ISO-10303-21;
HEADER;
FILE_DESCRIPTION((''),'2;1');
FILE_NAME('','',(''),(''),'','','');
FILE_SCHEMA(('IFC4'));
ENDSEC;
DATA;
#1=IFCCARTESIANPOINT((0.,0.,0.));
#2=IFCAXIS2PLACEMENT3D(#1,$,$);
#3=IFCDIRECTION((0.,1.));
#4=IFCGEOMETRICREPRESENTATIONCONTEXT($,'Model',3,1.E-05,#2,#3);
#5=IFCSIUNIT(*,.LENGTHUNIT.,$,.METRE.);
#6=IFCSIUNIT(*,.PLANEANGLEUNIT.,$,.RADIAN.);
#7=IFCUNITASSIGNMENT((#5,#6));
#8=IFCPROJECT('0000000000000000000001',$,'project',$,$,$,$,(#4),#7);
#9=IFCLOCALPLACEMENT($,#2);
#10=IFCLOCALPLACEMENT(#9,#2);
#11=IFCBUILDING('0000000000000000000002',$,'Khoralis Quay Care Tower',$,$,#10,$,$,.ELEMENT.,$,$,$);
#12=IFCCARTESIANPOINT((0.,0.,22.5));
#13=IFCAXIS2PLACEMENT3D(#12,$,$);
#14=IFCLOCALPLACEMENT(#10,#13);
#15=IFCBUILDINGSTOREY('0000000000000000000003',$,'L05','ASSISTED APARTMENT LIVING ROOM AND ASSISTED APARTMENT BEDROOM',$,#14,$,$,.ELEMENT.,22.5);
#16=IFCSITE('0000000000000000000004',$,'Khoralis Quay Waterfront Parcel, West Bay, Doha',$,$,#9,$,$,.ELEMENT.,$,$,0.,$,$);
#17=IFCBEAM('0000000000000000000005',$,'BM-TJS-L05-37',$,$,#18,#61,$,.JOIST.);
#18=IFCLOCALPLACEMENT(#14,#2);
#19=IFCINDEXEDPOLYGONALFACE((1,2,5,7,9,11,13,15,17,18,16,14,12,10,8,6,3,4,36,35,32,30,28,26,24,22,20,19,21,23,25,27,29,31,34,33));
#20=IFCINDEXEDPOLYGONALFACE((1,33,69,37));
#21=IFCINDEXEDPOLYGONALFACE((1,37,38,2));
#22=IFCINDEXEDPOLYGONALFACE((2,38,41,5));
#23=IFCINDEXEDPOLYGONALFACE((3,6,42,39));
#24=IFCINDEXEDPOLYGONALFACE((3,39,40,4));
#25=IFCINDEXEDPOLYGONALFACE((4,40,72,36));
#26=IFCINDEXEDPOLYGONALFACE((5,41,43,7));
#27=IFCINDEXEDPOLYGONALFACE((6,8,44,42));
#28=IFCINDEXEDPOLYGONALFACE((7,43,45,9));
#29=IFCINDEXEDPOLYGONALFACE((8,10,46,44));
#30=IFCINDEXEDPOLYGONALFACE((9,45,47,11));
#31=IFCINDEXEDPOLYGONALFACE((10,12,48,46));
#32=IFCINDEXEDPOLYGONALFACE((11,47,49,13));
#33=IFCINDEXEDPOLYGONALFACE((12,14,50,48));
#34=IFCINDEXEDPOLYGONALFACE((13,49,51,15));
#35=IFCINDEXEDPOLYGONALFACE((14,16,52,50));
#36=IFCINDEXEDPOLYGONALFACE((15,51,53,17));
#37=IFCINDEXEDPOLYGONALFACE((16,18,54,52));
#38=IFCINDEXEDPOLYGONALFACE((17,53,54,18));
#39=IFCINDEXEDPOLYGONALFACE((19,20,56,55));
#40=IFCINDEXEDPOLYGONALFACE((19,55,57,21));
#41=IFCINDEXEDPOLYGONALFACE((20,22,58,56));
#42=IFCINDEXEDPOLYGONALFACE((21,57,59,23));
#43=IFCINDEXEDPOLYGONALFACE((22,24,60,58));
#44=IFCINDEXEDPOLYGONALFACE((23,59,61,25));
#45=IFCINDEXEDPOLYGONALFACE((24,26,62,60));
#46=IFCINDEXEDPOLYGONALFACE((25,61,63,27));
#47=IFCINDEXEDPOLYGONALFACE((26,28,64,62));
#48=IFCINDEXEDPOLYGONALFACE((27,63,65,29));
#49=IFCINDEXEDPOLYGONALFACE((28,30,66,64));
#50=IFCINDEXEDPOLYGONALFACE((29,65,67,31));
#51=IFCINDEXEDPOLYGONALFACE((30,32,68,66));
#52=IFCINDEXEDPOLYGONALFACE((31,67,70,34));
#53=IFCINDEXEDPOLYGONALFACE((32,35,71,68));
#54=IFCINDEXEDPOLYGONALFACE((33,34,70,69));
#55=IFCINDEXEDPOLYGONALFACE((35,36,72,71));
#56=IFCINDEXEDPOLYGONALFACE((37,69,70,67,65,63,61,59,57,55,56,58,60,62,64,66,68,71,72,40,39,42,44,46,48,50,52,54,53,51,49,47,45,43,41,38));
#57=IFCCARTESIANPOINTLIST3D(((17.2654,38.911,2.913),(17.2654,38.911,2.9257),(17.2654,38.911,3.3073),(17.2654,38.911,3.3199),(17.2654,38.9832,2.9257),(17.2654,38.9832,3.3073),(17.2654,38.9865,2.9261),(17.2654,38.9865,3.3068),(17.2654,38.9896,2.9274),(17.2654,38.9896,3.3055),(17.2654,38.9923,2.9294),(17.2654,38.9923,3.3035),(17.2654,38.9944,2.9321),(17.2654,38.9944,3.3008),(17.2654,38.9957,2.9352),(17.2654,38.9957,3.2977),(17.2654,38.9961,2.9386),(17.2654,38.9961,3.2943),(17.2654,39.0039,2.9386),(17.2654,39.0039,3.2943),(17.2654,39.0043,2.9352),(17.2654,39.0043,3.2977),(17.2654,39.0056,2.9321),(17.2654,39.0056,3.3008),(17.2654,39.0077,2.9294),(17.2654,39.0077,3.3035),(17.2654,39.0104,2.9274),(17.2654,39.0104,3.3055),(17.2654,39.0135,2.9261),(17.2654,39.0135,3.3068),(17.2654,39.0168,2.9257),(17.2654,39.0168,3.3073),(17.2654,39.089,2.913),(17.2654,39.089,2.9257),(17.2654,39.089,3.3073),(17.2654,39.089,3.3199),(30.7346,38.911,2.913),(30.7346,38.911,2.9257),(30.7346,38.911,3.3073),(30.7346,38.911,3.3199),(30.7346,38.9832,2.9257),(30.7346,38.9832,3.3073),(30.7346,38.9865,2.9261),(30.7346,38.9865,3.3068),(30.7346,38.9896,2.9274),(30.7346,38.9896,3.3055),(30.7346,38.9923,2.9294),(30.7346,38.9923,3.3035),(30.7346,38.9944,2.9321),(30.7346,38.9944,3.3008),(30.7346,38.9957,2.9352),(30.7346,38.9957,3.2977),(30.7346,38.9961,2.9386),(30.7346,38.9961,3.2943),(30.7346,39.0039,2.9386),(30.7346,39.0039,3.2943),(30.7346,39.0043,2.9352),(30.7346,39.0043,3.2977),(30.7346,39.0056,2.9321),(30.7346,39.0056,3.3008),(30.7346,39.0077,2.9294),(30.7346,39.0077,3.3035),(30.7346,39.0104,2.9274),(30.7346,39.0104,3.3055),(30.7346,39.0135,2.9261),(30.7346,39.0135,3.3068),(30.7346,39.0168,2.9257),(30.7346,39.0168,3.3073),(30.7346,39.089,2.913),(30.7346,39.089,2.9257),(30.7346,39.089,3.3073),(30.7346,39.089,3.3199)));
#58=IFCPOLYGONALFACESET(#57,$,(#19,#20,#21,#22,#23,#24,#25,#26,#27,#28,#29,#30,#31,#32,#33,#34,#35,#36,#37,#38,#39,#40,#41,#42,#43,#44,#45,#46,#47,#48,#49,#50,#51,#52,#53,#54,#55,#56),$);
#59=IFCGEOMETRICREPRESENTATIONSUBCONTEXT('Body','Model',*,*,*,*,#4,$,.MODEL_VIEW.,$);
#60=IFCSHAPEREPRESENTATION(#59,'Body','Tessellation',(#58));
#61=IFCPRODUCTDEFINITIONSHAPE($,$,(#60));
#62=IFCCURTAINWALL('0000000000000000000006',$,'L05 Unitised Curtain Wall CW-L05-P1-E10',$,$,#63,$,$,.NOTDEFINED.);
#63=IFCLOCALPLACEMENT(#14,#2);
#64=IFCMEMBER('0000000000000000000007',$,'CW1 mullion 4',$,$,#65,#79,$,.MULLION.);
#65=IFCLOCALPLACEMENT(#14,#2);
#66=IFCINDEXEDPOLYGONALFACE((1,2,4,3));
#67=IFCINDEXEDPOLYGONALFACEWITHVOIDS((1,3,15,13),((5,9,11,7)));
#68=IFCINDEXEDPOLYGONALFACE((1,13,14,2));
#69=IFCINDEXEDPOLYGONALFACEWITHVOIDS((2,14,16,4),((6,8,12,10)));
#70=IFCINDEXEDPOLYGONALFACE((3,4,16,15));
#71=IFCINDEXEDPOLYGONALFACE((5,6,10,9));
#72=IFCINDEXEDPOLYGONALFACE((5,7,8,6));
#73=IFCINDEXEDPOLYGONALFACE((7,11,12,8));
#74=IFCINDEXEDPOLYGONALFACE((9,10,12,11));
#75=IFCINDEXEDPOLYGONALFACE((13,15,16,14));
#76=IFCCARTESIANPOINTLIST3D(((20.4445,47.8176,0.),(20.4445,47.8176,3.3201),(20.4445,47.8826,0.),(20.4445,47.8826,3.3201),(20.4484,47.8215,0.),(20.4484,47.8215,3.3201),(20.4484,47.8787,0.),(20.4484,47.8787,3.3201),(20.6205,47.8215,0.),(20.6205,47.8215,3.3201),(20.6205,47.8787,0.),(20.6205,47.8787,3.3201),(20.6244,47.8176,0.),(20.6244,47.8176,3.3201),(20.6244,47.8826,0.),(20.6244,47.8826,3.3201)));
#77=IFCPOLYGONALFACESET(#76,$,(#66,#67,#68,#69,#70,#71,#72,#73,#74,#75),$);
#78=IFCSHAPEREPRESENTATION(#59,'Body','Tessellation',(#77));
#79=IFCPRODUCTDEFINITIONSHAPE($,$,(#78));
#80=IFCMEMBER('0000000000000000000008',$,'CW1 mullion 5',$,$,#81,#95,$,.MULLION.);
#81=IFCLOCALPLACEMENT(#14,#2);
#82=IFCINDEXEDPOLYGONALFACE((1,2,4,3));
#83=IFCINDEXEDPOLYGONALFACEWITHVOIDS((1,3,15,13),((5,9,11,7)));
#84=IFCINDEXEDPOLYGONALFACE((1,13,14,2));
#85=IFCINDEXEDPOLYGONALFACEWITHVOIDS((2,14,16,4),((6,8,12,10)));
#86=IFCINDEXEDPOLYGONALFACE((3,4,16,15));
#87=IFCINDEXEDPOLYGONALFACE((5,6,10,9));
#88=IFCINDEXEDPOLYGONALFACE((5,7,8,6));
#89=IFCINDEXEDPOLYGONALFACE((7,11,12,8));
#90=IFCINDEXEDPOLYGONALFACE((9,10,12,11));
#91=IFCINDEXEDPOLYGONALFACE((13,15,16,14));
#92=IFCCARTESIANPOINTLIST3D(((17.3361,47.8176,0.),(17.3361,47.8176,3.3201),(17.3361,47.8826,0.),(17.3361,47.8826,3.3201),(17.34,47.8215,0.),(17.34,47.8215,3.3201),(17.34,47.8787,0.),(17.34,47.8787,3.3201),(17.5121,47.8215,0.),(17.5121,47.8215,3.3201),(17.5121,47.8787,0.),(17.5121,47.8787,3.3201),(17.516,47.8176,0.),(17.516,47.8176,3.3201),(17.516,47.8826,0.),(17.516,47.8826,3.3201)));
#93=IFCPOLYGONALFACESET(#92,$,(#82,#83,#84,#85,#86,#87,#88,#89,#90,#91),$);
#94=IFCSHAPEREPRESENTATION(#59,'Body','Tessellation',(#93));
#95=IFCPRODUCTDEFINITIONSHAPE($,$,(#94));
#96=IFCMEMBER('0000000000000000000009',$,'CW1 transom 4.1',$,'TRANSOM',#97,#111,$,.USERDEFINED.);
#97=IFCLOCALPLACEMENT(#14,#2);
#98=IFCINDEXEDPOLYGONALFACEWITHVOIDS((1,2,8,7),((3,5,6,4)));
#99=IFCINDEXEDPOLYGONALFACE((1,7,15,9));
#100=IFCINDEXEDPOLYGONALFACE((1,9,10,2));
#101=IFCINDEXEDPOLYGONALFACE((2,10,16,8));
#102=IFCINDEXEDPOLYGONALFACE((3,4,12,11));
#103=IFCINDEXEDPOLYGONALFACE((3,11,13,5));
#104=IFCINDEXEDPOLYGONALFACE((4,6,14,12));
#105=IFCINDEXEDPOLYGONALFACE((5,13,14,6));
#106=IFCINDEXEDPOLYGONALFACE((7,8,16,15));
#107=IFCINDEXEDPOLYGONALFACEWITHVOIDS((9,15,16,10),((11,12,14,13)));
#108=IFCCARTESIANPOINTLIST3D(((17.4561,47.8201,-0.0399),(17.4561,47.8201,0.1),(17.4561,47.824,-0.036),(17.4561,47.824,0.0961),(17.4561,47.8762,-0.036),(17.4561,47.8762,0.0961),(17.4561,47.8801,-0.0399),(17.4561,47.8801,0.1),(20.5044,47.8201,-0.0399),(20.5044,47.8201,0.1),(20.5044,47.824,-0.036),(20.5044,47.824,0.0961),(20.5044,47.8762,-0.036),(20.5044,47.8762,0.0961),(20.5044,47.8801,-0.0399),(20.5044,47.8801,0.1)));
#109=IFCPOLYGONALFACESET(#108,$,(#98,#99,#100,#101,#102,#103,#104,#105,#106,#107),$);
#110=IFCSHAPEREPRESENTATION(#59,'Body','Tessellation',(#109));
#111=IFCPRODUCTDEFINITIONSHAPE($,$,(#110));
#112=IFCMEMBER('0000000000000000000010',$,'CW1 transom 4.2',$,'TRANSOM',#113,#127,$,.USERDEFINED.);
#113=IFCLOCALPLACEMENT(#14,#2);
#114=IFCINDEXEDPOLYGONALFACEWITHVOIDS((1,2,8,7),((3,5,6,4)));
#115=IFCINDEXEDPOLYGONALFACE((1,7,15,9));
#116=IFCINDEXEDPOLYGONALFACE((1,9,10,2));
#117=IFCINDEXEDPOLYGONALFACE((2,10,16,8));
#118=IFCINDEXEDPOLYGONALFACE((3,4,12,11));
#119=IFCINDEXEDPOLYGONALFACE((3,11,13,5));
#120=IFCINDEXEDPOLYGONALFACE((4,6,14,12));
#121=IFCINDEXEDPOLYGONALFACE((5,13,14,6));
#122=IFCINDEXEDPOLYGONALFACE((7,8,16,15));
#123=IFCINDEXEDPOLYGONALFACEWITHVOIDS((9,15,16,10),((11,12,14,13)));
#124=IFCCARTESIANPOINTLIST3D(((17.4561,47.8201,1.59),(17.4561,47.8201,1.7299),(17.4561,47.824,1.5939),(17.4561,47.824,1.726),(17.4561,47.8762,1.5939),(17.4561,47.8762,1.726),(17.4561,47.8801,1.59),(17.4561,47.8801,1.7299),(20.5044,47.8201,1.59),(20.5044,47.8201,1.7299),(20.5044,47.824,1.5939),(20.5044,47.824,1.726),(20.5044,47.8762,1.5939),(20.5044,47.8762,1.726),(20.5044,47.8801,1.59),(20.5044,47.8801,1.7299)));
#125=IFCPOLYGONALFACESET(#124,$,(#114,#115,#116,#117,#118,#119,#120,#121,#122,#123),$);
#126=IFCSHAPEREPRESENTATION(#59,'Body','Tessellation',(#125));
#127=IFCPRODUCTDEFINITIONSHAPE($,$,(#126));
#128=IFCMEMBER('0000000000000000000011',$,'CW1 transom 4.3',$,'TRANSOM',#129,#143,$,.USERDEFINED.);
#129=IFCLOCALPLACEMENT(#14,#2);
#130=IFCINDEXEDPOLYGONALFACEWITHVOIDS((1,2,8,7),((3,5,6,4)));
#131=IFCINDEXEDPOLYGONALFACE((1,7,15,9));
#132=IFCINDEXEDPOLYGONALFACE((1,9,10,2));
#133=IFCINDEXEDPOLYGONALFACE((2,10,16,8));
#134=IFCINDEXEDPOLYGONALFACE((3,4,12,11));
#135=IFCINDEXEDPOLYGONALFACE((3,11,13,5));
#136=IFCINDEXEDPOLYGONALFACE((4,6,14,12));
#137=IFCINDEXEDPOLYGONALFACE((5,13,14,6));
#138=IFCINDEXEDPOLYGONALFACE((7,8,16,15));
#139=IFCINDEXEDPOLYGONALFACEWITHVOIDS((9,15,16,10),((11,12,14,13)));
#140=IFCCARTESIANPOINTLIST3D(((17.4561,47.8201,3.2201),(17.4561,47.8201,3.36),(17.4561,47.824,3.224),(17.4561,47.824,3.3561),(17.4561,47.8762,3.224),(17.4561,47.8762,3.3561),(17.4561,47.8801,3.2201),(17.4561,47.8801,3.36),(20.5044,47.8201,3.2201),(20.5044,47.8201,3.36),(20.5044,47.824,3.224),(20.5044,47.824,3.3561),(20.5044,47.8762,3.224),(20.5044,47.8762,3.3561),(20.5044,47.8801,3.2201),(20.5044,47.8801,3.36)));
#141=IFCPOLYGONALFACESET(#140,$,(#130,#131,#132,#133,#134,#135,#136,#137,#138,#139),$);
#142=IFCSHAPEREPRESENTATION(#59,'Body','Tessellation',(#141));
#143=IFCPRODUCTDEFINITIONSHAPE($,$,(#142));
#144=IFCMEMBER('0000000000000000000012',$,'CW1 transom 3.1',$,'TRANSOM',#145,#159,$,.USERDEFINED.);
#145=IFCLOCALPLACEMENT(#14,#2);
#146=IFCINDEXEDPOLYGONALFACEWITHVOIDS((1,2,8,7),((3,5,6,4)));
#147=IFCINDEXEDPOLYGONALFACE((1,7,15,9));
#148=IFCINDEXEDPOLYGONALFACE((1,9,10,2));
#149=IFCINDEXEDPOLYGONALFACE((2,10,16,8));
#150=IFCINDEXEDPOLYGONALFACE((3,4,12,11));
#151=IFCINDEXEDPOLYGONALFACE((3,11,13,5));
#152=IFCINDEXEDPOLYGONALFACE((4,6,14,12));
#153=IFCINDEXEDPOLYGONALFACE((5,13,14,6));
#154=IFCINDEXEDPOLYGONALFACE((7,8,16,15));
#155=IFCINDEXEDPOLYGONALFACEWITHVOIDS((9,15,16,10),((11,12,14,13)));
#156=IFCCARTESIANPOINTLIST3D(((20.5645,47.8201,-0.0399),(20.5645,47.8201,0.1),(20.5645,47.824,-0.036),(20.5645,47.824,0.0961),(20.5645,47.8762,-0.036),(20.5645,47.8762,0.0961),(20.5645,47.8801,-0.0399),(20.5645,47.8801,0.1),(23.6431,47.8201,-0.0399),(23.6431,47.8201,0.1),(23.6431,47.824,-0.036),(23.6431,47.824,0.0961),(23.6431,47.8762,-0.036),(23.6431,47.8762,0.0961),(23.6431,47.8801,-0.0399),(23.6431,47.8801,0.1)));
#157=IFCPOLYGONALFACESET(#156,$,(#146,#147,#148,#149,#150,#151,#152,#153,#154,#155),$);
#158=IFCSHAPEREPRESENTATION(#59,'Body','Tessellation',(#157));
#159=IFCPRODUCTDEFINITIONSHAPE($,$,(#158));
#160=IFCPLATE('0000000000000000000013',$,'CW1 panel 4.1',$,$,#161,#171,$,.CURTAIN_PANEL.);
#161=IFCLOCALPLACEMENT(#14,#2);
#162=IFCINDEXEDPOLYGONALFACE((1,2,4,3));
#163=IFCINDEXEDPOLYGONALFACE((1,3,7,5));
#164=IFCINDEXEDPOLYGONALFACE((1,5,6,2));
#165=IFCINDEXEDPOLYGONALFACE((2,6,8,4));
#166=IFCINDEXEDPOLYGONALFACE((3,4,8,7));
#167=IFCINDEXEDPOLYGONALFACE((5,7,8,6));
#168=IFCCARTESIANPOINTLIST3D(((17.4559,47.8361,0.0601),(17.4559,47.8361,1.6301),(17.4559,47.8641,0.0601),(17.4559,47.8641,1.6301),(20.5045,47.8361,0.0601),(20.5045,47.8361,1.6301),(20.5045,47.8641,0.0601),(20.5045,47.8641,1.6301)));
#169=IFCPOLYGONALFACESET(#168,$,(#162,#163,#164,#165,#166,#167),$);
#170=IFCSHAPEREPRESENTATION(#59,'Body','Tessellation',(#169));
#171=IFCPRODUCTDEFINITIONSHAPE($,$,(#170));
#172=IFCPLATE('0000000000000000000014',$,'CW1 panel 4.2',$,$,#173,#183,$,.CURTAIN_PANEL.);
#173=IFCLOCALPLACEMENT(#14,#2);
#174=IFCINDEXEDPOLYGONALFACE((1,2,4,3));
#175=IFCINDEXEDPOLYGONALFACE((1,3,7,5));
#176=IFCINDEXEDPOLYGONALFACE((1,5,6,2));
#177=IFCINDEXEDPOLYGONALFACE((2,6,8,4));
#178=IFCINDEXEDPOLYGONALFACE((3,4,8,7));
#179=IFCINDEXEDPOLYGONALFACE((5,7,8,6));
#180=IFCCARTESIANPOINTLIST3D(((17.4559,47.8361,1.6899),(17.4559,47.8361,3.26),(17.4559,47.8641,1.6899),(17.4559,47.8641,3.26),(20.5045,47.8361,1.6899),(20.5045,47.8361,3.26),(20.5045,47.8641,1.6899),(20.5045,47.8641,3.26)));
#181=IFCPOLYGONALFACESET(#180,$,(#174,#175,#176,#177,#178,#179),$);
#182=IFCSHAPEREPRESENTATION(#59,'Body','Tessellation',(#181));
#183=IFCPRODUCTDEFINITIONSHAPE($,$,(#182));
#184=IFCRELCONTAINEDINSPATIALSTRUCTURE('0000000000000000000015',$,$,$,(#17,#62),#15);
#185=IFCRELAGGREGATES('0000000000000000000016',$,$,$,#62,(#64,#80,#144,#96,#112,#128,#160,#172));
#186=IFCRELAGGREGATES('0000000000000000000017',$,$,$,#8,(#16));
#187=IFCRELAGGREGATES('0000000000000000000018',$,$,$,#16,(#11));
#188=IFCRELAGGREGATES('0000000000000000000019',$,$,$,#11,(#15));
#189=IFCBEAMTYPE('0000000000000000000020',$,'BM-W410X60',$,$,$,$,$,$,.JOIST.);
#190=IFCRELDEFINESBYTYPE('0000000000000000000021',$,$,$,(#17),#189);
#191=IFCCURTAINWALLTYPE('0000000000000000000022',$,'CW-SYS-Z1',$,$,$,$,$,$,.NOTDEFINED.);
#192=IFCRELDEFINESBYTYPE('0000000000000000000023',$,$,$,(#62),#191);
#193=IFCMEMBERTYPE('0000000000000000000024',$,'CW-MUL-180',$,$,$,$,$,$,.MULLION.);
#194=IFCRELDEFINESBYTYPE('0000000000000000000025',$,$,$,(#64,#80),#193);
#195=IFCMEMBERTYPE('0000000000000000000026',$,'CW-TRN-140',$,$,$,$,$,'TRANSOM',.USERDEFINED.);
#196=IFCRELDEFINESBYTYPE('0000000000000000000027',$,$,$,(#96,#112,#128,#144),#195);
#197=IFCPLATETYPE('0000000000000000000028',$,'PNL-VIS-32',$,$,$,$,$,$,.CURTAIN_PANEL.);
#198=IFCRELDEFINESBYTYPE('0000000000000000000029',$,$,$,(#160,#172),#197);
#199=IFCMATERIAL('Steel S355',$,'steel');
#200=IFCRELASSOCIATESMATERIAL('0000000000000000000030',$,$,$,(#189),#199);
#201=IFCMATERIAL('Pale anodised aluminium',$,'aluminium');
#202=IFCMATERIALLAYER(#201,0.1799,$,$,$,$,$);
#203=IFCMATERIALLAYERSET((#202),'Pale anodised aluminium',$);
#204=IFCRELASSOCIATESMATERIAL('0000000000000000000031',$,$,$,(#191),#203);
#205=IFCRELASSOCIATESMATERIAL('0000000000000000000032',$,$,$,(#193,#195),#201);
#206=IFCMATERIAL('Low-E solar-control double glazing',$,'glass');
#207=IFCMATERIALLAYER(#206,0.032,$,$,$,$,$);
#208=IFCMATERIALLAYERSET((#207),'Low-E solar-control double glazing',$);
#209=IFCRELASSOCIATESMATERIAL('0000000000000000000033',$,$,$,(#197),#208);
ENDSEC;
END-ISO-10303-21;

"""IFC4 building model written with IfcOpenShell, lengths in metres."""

from ifc_helpers import new_model, si_unit, direction, frame, origin, origin_2d, place, context, subcontext, project, spatial, rectangle, hollow_rectangle, i_section, extrude, source, transform, mapped, material, layer, layer_set, material_profile, profile_set, type_object, element, aggregate, save


model = new_model("IFC4")

# Units and contexts
model_context = context("Model", 3, precision=1e-05, world=origin(), true_north=direction((0.0, 1.0)))
body_context = subcontext(model_context, "Body", "Model", "MODEL_VIEW")
ifc_project = project(units=[si_unit("LENGTHUNIT", "METRE"), si_unit("PLANEANGLEUNIT", "RADIAN")], contexts=[model_context])

# Site, building, storey
site_placement = place(None, origin())
site = spatial("IfcSite", under=ifc_project, at=site_placement, Name="Khoralis Quay Waterfront Parcel, West Bay, Doha", CompositionType="ELEMENT", RefElevation=0.0)
building_placement = place(site_placement, origin())
building = spatial("IfcBuilding", under=site, at=building_placement, Name="Khoralis Quay Care Tower", CompositionType="ELEMENT")
storey_placement = place(building_placement, frame((0.0, 0.0, 22.5)))
storey = spatial("IfcBuildingStorey", under=building, at=storey_placement, Name="L05", Description="ASSISTED APARTMENT LIVING ROOM AND ASSISTED APARTMENT BEDROOM", CompositionType="ELEMENT", Elevation=22.5)

# Beam
ifc_material_1 = material(Name="Steel S355", Category="steel")
ifc_material_profile_1 = material_profile(ifc_material_1, i_section(OverallWidth=0.178, OverallDepth=0.407, WebThickness=0.0078, FlangeThickness=0.0127, FilletRadius=0.0129, at=origin_2d()), Name="Steel S355")
ifc_profile_set_1 = profile_set([ifc_material_profile_1], Name="Steel S355")
beam_type_1 = type_object("IfcBeamType", Name="BM-W410X60", PredefinedType="JOIST", material=ifc_profile_set_1)
shared_shape_1 = source(origin(), body_context, "Body", "SweptSolid", [
    extrude(i_section(OverallWidth=0.178, OverallDepth=0.407, WebThickness=0.0078, FlangeThickness=0.0127, FilletRadius=0.0129, at=origin_2d()), origin(), (0.0, 0.0, 1.0), 13.4692),
])
for number, where, z_axis, x_axis, name in (
    (1, (17.2654, 39.0, 3.1165), (1.0, 0.0, 0.0), (0.0, 1.0, 0.0), "BM-TJS-L05-37"),
):
    element("IfcBeam", number, at=place(storey_placement, frame(where, z_axis=z_axis, x_axis=x_axis)), inside=storey, type_object=beam_type_1, Name=name, PredefinedType="JOIST", context=body_context, shape_type="MappedRepresentation", body=[
        mapped(shared_shape_1, transform((0.0, 0.0, 0.0), scale=1.0)),
    ])

# Curtain wall, members, plates
ifc_material_2 = material(Name="Pale anodised aluminium", Category="aluminium")
ifc_layer_1 = layer(ifc_material_2, 0.1799)
ifc_layer_set_1 = layer_set([ifc_layer_1], Name="Pale anodised aluminium")
curtain_wall_type = type_object("IfcCurtainWallType", Name="CW-SYS-Z1", PredefinedType="NOTDEFINED", material=ifc_layer_set_1)
curtain_wall_placement = place(storey_placement, origin())
curtain_wall = element("IfcCurtainWall", 2, at=curtain_wall_placement, inside=storey, type_object=curtain_wall_type, Name="L05 Unitised Curtain Wall CW-L05-P1-E10", PredefinedType="NOTDEFINED")
ifc_material_profile_2 = material_profile(ifc_material_2, hollow_rectangle(XDim=0.0649, YDim=0.1799, WallThickness=0.0039, at=origin_2d()), Name="Pale anodised aluminium")
ifc_profile_set_2 = profile_set([ifc_material_profile_2], Name="Pale anodised aluminium")
member_type_1 = type_object("IfcMemberType", Name="CW-MUL-180", PredefinedType="MULLION", material=ifc_profile_set_2)
shared_shape_2 = source(origin(), body_context, "Body", "SweptSolid", [
    extrude(hollow_rectangle(XDim=0.0649, YDim=0.1799, WallThickness=0.0039, at=origin_2d()), origin(), (0.0, 0.0, 1.0), 3.3201),
])
member_1_placement = place(storey_placement, frame((20.5344, 47.8501, 0.0), z_axis=(0.0, 0.0, 1.0), x_axis=(0.0, -1.0, 0.0)))
member_1 = element("IfcMember", 3, at=member_1_placement, type_object=member_type_1, Name="CW1 mullion 4", PredefinedType="MULLION", context=body_context, shape_type="MappedRepresentation", body=[
    mapped(shared_shape_2, transform((0.0, 0.0, 0.0), scale=1.0)),
])
member_2_placement = place(storey_placement, frame((17.426, 47.8501, 0.0), z_axis=(0.0, 0.0, 1.0), x_axis=(0.0, -1.0, 0.0)))
member_2 = element("IfcMember", 4, at=member_2_placement, type_object=member_type_1, Name="CW1 mullion 5", PredefinedType="MULLION", context=body_context, shape_type="MappedRepresentation", body=[
    mapped(shared_shape_2, transform((0.0, 0.0, 0.0), scale=1.0)),
])
ifc_material_profile_3 = material_profile(ifc_material_2, hollow_rectangle(XDim=0.0601, YDim=0.1399, WallThickness=0.0039, at=origin_2d()), Name="Pale anodised aluminium")
ifc_profile_set_3 = profile_set([ifc_material_profile_3], Name="Pale anodised aluminium")
member_type_2 = type_object("IfcMemberType", Name="CW-TRN-140", ElementType="TRANSOM", PredefinedType="USERDEFINED", material=ifc_profile_set_3)
shared_shape_3 = source(origin(), body_context, "Body", "SweptSolid", [
    extrude(hollow_rectangle(XDim=0.0601, YDim=0.1399, WallThickness=0.0039, at=origin_2d()), origin(), (0.0, 0.0, 1.0), 3.0483),
])
member_3_placement = place(storey_placement, frame((20.5044, 47.8501, 0.03), z_axis=(-1.0, 0.0, 0.0), x_axis=(0.0, -1.0, 0.0)))
member_3 = element("IfcMember", 5, at=member_3_placement, type_object=member_type_2, Name="CW1 transom 4.1", ObjectType="TRANSOM", PredefinedType="USERDEFINED", context=body_context, shape_type="MappedRepresentation", body=[
    mapped(shared_shape_3, transform((0.0, 0.0, 0.0), scale=1.0)),
])
member_4_placement = place(storey_placement, frame((20.5044, 47.8501, 1.6599), z_axis=(-1.0, 0.0, 0.0), x_axis=(0.0, -1.0, 0.0)))
member_4 = element("IfcMember", 6, at=member_4_placement, type_object=member_type_2, Name="CW1 transom 4.2", ObjectType="TRANSOM", PredefinedType="USERDEFINED", context=body_context, shape_type="MappedRepresentation", body=[
    mapped(shared_shape_3, transform((0.0, 0.0, 0.0), scale=1.0)),
])
member_5_placement = place(storey_placement, frame((20.5044, 47.8501, 3.29), z_axis=(-1.0, 0.0, 0.0), x_axis=(0.0, -1.0, 0.0)))
member_5 = element("IfcMember", 7, at=member_5_placement, type_object=member_type_2, Name="CW1 transom 4.3", ObjectType="TRANSOM", PredefinedType="USERDEFINED", context=body_context, shape_type="MappedRepresentation", body=[
    mapped(shared_shape_3, transform((0.0, 0.0, 0.0), scale=1.0)),
])
shared_shape_4 = source(origin(), body_context, "Body", "SweptSolid", [
    extrude(hollow_rectangle(XDim=0.0601, YDim=0.1399, WallThickness=0.0039, at=origin_2d()), origin(), (0.0, 0.0, 1.0), 3.0786),
])
member_6_placement = place(storey_placement, frame((23.6431, 47.8501, 0.03), z_axis=(-1.0, 0.0, 0.0), x_axis=(0.0, -1.0, 0.0)))
member_6 = element("IfcMember", 8, at=member_6_placement, type_object=member_type_2, Name="CW1 transom 3.1", ObjectType="TRANSOM", PredefinedType="USERDEFINED", context=body_context, shape_type="MappedRepresentation", body=[
    mapped(shared_shape_4, transform((0.0, 0.0, 0.0), scale=1.0)),
])
ifc_material_3 = material(Name="Low-E solar-control double glazing", Category="glass")
ifc_layer_2 = layer(ifc_material_3, 0.032)
ifc_layer_set_2 = layer_set([ifc_layer_2], Name="Low-E solar-control double glazing")
plate_type = type_object("IfcPlateType", Name="PNL-VIS-32", PredefinedType="CURTAIN_PANEL", material=ifc_layer_set_2)
shared_shape_5 = source(origin(), body_context, "Body", "SweptSolid", [
    extrude(rectangle(XDim=3.0486, YDim=0.0281, at=origin_2d()), origin(), (0.0, 0.0, 1.0), 1.5701),
])
plate_1_placement = place(storey_placement, frame((18.9802, 47.8501, 0.0601), z_axis=(0.0, 0.0, 1.0), x_axis=(-1.0, 0.0, 0.0)))
plate_1 = element("IfcPlate", 9, at=plate_1_placement, type_object=plate_type, Name="CW1 panel 4.1", PredefinedType="CURTAIN_PANEL", context=body_context, shape_type="MappedRepresentation", body=[
    mapped(shared_shape_5, transform((0.0, 0.0, 0.0), scale=1.0)),
])
plate_2_placement = place(storey_placement, frame((18.9802, 47.8501, 1.6899), z_axis=(0.0, 0.0, 1.0), x_axis=(-1.0, 0.0, 0.0)))
plate_2 = element("IfcPlate", 10, at=plate_2_placement, type_object=plate_type, Name="CW1 panel 4.2", PredefinedType="CURTAIN_PANEL", context=body_context, shape_type="MappedRepresentation", body=[
    mapped(shared_shape_5, transform((0.0, 0.0, 0.0), scale=1.0)),
])
aggregate(curtain_wall, [member_1, member_2, member_6, member_3, member_4, member_5, plate_1, plate_2])

save(model, "model.ifc")
